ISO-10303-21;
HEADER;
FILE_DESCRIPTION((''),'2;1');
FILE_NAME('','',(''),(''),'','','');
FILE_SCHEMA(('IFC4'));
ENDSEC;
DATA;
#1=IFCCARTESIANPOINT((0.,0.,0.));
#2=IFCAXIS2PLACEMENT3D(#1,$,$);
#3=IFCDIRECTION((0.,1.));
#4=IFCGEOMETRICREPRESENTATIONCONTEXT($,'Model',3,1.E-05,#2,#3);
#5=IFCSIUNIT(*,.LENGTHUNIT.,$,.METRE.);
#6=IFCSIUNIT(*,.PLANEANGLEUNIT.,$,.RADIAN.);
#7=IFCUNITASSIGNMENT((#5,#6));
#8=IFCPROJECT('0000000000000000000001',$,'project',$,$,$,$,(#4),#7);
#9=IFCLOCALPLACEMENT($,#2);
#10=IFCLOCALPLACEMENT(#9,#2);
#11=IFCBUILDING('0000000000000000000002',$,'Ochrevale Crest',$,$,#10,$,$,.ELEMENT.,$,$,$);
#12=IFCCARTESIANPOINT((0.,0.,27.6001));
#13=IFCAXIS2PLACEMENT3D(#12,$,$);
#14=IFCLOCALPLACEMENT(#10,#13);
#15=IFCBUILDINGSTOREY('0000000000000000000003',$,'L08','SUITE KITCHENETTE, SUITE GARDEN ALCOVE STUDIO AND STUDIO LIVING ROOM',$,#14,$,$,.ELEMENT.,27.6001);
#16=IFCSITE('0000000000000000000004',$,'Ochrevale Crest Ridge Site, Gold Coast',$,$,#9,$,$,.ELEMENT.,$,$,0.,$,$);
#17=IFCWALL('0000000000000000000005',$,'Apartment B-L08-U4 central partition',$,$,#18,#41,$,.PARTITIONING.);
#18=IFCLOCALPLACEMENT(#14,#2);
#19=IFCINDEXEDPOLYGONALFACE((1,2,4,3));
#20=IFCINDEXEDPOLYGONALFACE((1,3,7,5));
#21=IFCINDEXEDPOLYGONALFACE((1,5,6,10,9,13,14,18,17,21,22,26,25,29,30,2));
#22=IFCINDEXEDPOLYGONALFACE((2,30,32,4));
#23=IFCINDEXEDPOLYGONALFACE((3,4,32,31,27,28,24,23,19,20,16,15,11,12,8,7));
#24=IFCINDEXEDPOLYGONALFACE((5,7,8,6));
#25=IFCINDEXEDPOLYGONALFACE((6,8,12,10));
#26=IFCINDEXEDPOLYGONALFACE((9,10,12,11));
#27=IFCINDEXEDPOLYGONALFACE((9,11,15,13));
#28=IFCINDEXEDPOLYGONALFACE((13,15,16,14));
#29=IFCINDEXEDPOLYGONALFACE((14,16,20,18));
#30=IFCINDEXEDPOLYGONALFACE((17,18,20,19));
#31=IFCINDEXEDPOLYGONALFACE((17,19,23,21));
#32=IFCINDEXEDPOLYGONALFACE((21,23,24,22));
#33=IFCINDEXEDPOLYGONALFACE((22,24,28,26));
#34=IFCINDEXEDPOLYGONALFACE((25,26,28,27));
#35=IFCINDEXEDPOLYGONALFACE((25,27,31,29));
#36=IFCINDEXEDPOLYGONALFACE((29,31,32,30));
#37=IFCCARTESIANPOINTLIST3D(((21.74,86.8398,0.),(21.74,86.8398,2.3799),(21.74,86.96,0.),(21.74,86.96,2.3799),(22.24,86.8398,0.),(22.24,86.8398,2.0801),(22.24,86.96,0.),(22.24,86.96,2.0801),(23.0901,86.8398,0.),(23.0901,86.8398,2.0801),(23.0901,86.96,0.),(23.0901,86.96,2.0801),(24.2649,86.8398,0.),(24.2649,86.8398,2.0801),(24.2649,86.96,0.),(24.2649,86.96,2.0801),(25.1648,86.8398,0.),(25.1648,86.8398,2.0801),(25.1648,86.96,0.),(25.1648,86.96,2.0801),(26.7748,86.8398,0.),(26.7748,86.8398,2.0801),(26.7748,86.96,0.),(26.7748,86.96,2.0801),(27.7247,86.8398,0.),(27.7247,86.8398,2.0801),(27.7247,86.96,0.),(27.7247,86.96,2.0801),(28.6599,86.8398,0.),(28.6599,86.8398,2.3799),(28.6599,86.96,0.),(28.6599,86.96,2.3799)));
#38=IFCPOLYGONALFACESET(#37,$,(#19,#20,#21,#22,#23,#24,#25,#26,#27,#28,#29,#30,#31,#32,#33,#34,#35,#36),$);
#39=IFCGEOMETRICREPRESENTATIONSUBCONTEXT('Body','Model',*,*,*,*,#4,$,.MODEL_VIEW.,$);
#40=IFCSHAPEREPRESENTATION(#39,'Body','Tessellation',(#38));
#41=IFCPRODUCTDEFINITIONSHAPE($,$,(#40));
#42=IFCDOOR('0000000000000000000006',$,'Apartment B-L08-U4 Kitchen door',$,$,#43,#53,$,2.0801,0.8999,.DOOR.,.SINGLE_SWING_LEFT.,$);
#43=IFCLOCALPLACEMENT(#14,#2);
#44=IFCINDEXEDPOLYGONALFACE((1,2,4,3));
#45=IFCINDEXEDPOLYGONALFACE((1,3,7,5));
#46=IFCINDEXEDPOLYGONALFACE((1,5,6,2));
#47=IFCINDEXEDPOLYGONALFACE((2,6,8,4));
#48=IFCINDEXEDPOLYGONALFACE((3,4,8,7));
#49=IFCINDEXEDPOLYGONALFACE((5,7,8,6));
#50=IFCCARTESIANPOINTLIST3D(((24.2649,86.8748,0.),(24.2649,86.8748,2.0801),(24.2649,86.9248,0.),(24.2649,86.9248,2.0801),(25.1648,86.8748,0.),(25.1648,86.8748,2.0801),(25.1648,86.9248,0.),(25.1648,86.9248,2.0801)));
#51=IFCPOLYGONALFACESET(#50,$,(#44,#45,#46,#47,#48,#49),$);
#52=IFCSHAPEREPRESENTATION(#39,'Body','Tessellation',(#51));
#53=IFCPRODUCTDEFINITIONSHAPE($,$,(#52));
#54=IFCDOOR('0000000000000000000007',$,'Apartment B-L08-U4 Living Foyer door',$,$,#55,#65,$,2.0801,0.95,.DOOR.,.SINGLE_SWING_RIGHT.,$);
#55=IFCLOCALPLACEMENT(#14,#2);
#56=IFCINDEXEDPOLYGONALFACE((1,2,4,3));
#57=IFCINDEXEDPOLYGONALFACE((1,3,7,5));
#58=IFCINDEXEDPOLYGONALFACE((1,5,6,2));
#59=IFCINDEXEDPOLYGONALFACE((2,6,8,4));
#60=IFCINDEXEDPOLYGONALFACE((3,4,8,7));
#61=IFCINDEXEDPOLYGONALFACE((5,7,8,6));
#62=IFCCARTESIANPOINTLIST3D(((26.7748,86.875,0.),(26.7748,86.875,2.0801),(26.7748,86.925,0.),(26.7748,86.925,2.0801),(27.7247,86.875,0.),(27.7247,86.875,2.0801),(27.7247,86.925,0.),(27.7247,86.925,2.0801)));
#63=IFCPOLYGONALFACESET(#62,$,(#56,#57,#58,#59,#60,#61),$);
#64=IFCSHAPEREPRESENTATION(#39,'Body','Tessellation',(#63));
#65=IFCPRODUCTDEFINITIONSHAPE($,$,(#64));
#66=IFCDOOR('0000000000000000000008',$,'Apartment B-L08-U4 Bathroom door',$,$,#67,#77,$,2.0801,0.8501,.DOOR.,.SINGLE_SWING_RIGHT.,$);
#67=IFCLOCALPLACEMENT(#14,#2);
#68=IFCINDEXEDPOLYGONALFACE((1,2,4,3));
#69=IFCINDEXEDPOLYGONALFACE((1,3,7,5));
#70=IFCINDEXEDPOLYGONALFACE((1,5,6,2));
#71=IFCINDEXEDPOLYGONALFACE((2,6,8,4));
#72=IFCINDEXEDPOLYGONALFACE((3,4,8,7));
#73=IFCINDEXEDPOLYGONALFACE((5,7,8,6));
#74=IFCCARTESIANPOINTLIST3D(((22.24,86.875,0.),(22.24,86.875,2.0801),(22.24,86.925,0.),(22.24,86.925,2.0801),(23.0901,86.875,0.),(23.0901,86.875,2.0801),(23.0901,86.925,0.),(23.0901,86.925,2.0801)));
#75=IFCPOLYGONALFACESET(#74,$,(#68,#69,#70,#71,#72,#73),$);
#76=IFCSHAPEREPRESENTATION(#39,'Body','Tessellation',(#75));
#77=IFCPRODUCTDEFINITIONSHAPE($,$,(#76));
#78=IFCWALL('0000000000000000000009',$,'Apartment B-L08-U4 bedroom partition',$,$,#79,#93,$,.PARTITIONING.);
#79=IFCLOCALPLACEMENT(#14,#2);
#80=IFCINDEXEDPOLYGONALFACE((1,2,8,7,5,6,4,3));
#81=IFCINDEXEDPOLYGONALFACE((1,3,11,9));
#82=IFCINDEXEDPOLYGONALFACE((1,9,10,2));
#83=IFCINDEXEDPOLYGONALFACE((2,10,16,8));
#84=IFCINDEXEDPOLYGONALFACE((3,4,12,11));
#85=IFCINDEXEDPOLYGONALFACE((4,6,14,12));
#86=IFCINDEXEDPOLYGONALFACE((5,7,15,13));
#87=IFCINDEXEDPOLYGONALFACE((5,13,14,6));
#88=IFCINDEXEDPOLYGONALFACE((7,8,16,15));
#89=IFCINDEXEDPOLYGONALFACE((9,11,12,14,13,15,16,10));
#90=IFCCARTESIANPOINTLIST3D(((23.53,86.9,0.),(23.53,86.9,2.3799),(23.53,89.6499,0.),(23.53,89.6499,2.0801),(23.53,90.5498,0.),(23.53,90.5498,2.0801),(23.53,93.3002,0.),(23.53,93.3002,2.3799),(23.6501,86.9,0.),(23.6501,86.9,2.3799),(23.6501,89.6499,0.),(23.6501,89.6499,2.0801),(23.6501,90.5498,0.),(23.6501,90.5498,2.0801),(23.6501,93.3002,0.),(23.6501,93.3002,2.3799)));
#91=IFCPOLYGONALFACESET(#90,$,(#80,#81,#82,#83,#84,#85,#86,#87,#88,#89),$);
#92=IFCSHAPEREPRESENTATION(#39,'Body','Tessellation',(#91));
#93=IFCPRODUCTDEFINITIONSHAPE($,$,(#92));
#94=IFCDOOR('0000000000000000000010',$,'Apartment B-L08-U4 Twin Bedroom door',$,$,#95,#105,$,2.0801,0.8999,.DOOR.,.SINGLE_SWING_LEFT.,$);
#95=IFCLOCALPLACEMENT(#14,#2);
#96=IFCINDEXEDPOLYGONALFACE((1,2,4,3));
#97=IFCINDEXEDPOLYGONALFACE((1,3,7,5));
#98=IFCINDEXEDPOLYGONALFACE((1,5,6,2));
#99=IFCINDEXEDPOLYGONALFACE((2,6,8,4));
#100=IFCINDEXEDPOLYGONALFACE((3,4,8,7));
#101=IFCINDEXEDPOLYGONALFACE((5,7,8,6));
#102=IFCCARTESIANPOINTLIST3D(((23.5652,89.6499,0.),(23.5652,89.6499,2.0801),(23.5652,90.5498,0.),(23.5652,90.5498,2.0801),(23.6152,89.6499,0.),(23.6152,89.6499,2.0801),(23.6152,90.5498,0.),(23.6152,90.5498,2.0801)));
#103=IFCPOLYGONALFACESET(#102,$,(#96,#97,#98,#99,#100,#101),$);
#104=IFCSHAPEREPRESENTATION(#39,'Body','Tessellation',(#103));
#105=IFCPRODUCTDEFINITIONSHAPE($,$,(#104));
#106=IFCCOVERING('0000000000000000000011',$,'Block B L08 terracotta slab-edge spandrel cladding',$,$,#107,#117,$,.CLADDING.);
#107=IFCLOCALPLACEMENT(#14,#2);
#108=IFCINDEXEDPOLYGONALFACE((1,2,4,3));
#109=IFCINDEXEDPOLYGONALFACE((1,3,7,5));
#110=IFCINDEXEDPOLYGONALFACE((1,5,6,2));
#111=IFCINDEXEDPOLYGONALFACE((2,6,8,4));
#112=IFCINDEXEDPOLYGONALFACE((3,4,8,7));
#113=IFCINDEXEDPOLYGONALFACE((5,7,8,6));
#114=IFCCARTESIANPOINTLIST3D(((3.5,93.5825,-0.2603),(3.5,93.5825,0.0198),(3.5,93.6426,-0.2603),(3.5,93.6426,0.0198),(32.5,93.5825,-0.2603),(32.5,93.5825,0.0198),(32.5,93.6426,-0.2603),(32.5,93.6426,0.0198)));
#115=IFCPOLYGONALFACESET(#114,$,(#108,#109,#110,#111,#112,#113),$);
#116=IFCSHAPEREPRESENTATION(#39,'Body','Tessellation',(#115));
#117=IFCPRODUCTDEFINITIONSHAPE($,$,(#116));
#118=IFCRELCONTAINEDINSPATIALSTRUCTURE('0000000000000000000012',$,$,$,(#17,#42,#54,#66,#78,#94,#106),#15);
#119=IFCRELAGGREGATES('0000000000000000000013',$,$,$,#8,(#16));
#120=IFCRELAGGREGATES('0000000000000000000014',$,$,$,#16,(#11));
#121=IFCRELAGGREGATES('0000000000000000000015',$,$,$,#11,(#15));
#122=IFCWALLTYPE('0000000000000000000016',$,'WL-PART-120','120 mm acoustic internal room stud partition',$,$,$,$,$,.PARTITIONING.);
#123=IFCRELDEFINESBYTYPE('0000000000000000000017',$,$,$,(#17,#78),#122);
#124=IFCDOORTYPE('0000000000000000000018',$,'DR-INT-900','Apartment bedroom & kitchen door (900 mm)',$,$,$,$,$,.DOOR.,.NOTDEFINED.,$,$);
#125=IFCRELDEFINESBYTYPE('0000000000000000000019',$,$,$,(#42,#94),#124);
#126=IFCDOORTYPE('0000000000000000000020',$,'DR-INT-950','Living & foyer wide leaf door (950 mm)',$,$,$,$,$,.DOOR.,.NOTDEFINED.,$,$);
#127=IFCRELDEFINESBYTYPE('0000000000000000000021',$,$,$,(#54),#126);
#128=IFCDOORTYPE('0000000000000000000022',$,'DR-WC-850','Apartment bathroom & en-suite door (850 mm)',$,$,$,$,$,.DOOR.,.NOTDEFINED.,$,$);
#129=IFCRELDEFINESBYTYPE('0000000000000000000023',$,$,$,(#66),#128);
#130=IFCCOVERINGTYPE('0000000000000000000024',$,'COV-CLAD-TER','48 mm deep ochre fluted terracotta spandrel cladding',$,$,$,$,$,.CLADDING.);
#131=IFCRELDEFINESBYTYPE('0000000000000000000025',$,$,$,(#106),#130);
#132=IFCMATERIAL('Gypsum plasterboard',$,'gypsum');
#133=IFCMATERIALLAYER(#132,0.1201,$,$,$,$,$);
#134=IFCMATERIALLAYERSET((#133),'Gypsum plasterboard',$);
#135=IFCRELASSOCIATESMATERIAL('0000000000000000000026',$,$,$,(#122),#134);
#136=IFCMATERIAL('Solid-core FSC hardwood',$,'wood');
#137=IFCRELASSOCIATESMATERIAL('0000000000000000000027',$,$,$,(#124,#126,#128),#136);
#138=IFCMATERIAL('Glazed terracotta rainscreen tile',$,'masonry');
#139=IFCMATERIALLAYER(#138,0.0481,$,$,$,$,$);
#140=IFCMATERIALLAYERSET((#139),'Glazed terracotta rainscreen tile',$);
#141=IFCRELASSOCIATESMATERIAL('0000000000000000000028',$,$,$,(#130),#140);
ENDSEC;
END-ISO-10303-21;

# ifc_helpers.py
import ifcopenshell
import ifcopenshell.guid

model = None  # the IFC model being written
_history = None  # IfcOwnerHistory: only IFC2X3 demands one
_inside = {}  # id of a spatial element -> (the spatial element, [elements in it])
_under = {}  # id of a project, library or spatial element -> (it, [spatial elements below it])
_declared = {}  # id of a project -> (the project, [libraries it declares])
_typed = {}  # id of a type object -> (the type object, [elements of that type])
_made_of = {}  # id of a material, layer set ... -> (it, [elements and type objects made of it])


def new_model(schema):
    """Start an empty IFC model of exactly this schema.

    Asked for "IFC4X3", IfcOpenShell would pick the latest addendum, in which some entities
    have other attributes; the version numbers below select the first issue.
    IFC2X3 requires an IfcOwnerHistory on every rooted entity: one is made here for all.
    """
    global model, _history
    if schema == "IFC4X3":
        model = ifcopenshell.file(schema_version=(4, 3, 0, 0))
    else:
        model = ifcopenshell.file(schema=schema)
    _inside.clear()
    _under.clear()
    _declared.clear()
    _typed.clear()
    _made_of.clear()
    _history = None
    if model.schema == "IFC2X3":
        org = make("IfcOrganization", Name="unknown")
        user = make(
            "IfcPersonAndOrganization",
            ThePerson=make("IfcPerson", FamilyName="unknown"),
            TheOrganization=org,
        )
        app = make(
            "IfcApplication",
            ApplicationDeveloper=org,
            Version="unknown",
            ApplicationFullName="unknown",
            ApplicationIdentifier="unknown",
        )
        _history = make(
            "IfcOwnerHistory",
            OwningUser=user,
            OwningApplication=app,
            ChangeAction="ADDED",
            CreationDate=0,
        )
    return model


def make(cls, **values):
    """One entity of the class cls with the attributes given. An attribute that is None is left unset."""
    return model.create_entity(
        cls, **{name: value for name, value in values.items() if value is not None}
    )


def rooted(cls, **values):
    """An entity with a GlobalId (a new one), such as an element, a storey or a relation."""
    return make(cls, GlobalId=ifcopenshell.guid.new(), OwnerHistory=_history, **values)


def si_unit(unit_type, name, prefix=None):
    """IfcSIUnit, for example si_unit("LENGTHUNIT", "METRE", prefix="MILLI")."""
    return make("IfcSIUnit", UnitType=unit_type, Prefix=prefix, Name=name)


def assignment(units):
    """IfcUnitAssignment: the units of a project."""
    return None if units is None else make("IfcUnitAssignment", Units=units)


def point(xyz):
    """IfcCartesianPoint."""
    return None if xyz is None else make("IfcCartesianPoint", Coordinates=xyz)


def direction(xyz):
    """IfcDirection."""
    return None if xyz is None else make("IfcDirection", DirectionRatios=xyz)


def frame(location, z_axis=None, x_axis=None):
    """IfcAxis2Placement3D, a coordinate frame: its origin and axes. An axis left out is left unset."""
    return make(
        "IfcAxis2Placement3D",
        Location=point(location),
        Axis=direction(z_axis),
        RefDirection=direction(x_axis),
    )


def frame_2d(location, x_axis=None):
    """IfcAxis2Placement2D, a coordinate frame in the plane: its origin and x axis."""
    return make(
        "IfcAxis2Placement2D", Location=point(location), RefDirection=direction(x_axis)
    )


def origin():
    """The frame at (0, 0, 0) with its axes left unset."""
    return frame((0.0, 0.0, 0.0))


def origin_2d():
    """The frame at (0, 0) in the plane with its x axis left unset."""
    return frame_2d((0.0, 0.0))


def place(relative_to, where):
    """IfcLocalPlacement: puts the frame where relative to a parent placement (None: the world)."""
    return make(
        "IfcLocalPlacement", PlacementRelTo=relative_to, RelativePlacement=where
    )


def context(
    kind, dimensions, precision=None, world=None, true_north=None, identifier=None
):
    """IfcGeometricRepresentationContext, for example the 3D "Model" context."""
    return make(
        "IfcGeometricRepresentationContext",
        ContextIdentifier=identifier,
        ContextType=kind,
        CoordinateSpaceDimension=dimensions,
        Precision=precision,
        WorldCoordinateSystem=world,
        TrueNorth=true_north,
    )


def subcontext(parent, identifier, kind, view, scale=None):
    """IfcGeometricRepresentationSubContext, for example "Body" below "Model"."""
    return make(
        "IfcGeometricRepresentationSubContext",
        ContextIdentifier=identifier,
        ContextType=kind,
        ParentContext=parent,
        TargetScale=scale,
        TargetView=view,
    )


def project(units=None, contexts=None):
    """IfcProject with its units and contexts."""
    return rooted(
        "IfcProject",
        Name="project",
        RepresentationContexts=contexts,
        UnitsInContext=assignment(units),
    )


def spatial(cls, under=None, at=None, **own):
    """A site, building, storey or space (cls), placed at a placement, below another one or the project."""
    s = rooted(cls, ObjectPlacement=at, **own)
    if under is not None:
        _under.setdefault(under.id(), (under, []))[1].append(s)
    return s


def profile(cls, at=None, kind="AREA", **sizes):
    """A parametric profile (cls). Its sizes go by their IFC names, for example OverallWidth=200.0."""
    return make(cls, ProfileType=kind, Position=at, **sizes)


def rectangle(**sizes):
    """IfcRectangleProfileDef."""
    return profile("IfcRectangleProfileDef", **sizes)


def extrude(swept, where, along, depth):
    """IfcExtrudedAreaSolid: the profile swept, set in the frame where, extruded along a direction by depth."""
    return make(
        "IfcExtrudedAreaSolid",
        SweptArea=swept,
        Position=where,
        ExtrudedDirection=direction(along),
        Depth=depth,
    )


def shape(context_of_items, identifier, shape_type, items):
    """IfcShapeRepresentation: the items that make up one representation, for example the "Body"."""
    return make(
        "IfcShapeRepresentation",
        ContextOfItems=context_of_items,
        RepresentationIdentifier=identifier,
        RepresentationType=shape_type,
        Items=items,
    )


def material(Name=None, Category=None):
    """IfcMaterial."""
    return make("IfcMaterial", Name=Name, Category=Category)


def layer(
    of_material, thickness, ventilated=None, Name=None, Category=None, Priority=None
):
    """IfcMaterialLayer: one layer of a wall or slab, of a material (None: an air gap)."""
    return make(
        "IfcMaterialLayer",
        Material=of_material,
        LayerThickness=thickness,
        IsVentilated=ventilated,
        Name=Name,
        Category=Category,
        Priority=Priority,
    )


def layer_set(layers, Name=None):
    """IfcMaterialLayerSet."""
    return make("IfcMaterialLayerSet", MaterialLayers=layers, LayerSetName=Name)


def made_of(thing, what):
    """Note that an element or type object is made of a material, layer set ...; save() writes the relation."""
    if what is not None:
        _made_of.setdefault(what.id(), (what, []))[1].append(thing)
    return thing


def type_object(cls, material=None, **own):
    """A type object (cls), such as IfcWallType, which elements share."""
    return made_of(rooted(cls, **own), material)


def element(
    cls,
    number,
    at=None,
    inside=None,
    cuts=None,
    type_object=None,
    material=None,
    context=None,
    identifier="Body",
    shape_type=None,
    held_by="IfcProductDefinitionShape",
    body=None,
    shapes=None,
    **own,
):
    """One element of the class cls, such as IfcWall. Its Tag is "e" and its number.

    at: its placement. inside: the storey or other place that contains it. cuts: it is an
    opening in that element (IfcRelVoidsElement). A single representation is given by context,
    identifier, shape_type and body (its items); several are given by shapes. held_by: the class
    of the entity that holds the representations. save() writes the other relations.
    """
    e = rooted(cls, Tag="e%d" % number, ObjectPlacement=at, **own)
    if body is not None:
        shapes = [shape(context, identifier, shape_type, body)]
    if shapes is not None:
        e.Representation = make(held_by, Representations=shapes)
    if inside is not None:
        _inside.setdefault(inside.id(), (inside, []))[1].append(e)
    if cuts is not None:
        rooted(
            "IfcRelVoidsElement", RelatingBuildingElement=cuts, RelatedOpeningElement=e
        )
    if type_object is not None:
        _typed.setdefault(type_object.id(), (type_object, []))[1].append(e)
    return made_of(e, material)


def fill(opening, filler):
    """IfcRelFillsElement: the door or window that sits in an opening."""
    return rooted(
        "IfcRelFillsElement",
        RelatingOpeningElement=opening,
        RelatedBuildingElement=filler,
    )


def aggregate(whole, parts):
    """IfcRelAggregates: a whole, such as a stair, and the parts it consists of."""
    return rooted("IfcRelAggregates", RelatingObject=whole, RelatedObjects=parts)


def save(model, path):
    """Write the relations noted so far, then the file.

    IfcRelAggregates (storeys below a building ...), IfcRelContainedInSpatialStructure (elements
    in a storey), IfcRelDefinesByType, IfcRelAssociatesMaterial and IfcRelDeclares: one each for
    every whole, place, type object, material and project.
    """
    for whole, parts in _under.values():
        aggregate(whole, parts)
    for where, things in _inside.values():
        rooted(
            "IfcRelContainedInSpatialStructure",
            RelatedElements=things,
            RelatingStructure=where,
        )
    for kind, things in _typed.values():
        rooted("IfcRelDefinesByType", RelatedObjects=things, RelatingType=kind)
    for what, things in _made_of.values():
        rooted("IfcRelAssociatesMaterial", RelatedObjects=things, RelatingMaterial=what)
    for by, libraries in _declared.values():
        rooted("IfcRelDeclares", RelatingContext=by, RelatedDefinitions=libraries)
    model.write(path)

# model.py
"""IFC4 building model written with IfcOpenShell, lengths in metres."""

from ifc_helpers import new_model, si_unit, direction, frame, frame_2d, origin, origin_2d, place, context, subcontext, project, spatial, rectangle, extrude, material, layer, layer_set, type_object, element, fill, save


model = new_model("IFC4")

# Units and contexts
model_context = context("Model", 3, precision=1e-05, world=origin(), true_north=direction((0.0, 1.0)))
body_context = subcontext(model_context, "Body", "Model", "MODEL_VIEW")
ifc_project = project(units=[si_unit("LENGTHUNIT", "METRE"), si_unit("PLANEANGLEUNIT", "RADIAN")], contexts=[model_context])

# Site, building, storey
site_placement = place(None, origin())
site = spatial("IfcSite", under=ifc_project, at=site_placement, Name="Ochrevale Crest Ridge Site, Gold Coast", CompositionType="ELEMENT", RefElevation=0.0)
building_placement = place(site_placement, origin())
building = spatial("IfcBuilding", under=site, at=building_placement, Name="Ochrevale Crest", CompositionType="ELEMENT")
storey_placement = place(building_placement, frame((0.0, 0.0, 27.6001)))
storey = spatial("IfcBuildingStorey", under=building, at=storey_placement, Name="L08", Description="SUITE KITCHENETTE, SUITE GARDEN ALCOVE STUDIO AND STUDIO LIVING ROOM", CompositionType="ELEMENT", Elevation=27.6001)

# Shared definitions
ifc_material_1 = material(Name="Gypsum plasterboard", Category="gypsum")
ifc_layer_1 = layer(ifc_material_1, 0.1201)
ifc_layer_set_1 = layer_set([ifc_layer_1], Name="Gypsum plasterboard")
wall_type_1 = type_object("IfcWallType", Name="WL-PART-120", Description="120 mm acoustic internal room stud partition", PredefinedType="PARTITIONING", material=ifc_layer_set_1)
ifc_material_2 = material(Name="Solid-core FSC hardwood", Category="wood")
door_type_1 = type_object("IfcDoorType", Name="DR-INT-900", Description="Apartment bedroom & kitchen door (900 mm)", OperationType="NOTDEFINED", PredefinedType="DOOR", material=ifc_material_2)

# Wall, openings, doors
wall_1_placement = place(storey_placement, frame((21.74, 86.8999, 0.0), z_axis=(0.0, 0.0, 1.0), x_axis=(1.0, 0.0, 0.0)))
wall_1 = element("IfcWall", 1, at=wall_1_placement, inside=storey, type_object=wall_type_1, Name="Apartment B-L08-U4 central partition", PredefinedType="PARTITIONING", context=body_context, shape_type="SweptSolid", body=[
    extrude(rectangle(XDim=6.9199, YDim=0.1201, at=frame_2d((3.46, 0.0))), origin(), (0.0, 0.0, 1.0), 2.3799),
])
opening_1_placement = place(wall_1_placement, frame((1.3501, 0.0, 0.0), z_axis=(0.0, 0.0, 1.0), x_axis=(-1.0, 0.0, 0.0)))
opening_1 = element("IfcOpeningElement", 2, at=opening_1_placement, cuts=wall_1, PredefinedType="OPENING", context=body_context, shape_type="SweptSolid", body=[
    extrude(rectangle(XDim=0.8501, YDim=2.0801, at=frame_2d((0.425, 1.04))), frame((0.0, 0.0701, 0.0), z_axis=(0.0, -1.0, 0.0), x_axis=(1.0, 0.0, 0.0)), (0.0, 0.0, 1.0), 0.1401),
])
opening_2_placement = place(wall_1_placement, frame((2.5249, 0.0, 0.0)))
opening_2 = element("IfcOpeningElement", 3, at=opening_2_placement, cuts=wall_1, PredefinedType="OPENING", context=body_context, shape_type="SweptSolid", body=[
    extrude(rectangle(XDim=0.8999, YDim=2.0801, at=frame_2d((0.45, 1.04))), frame((0.0, 0.0701, 0.0), z_axis=(0.0, -1.0, 0.0), x_axis=(1.0, 0.0, 0.0)), (0.0, 0.0, 1.0), 0.1401),
])
opening_3_placement = place(wall_1_placement, frame((5.9849, 0.0, 0.0), z_axis=(0.0, 0.0, 1.0), x_axis=(-1.0, 0.0, 0.0)))
opening_3 = element("IfcOpeningElement", 4, at=opening_3_placement, cuts=wall_1, PredefinedType="OPENING", context=body_context, shape_type="SweptSolid", body=[
    extrude(rectangle(XDim=0.95, YDim=2.0801, at=frame_2d((0.4751, 1.04))), frame((0.0, 0.0701, 0.0), z_axis=(0.0, -1.0, 0.0), x_axis=(1.0, 0.0, 0.0)), (0.0, 0.0, 1.0), 0.1401),
])
door_1_placement = place(opening_2_placement, origin())
door_1 = element("IfcDoor", 5, at=door_1_placement, inside=storey, type_object=door_type_1, Name="Apartment B-L08-U4 Kitchen door", OperationType="SINGLE_SWING_LEFT", OverallHeight=2.0801, OverallWidth=0.8999, PredefinedType="DOOR", context=body_context, shape_type="SweptSolid", body=[
    extrude(rectangle(XDim=0.8999, YDim=2.0801, at=frame_2d((0.45, 1.04))), frame((0.0, 0.0249, 0.0), z_axis=(0.0, -1.0, 0.0), x_axis=(1.0, 0.0, 0.0)), (0.0, 0.0, 1.0), 0.05),
])
fill(opening_2, door_1)
door_type_2 = type_object("IfcDoorType", Name="DR-INT-950", Description="Living & foyer wide leaf door (950 mm)", OperationType="NOTDEFINED", PredefinedType="DOOR", material=ifc_material_2)
door_2_placement = place(opening_3_placement, origin())
door_2 = element("IfcDoor", 6, at=door_2_placement, inside=storey, type_object=door_type_2, Name="Apartment B-L08-U4 Living Foyer door", OperationType="SINGLE_SWING_RIGHT", OverallHeight=2.0801, OverallWidth=0.95, PredefinedType="DOOR", context=body_context, shape_type="SweptSolid", body=[
    extrude(rectangle(XDim=0.95, YDim=2.0801, at=frame_2d((0.4751, 1.04))), frame((0.0, 0.0249, 0.0), z_axis=(0.0, -1.0, 0.0), x_axis=(1.0, 0.0, 0.0)), (0.0, 0.0, 1.0), 0.05),
])
fill(opening_3, door_2)
door_type_3 = type_object("IfcDoorType", Name="DR-WC-850", Description="Apartment bathroom & en-suite door (850 mm)", OperationType="NOTDEFINED", PredefinedType="DOOR", material=ifc_material_2)
door_3_placement = place(opening_1_placement, origin())
door_3 = element("IfcDoor", 7, at=door_3_placement, inside=storey, type_object=door_type_3, Name="Apartment B-L08-U4 Bathroom door", OperationType="SINGLE_SWING_RIGHT", OverallHeight=2.0801, OverallWidth=0.8501, PredefinedType="DOOR", context=body_context, shape_type="SweptSolid", body=[
    extrude(rectangle(XDim=0.8501, YDim=2.0801, at=frame_2d((0.425, 1.04))), frame((0.0, 0.0249, 0.0), z_axis=(0.0, -1.0, 0.0), x_axis=(1.0, 0.0, 0.0)), (0.0, 0.0, 1.0), 0.05),
])
fill(opening_1, door_3)

# Wall, opening, door
wall_2_placement = place(storey_placement, frame((23.5901, 86.8999, 0.0), z_axis=(0.0, 0.0, 1.0), x_axis=(0.0, 1.0, 0.0)))
wall_2 = element("IfcWall", 8, at=wall_2_placement, inside=storey, type_object=wall_type_1, Name="Apartment B-L08-U4 bedroom partition", PredefinedType="PARTITIONING", context=body_context, shape_type="SweptSolid", body=[
    extrude(rectangle(XDim=6.4001, YDim=0.1201, at=frame_2d((3.2002, 0.0))), origin(), (0.0, 0.0, 1.0), 2.3799),
])
opening_4_placement = place(wall_2_placement, frame((2.75, 0.0, 0.0)))
opening_4 = element("IfcOpeningElement", 9, at=opening_4_placement, cuts=wall_2, PredefinedType="OPENING", context=body_context, shape_type="SweptSolid", body=[
    extrude(rectangle(XDim=0.8999, YDim=2.0801, at=frame_2d((0.45, 1.04))), frame((0.0, 0.0701, 0.0), z_axis=(0.0, -1.0, 0.0), x_axis=(1.0, 0.0, 0.0)), (0.0, 0.0, 1.0), 0.1401),
])
door_4_placement = place(opening_4_placement, origin())
door_4 = element("IfcDoor", 10, at=door_4_placement, inside=storey, type_object=door_type_1, Name="Apartment B-L08-U4 Twin Bedroom door", OperationType="SINGLE_SWING_LEFT", OverallHeight=2.0801, OverallWidth=0.8999, PredefinedType="DOOR", context=body_context, shape_type="SweptSolid", body=[
    extrude(rectangle(XDim=0.8999, YDim=2.0801, at=frame_2d((0.45, 1.04))), frame((0.0, 0.0249, 0.0), z_axis=(0.0, -1.0, 0.0), x_axis=(1.0, 0.0, 0.0)), (0.0, 0.0, 1.0), 0.05),
])
fill(opening_4, door_4)

# Covering
ifc_material_3 = material(Name="Glazed terracotta rainscreen tile", Category="masonry")
ifc_layer_2 = layer(ifc_material_3, 0.0481)
ifc_layer_set_2 = layer_set([ifc_layer_2], Name="Glazed terracotta rainscreen tile")
covering_type = type_object("IfcCoveringType", Name="COV-CLAD-TER", Description="48 mm deep ochre fluted terracotta spandrel cladding", PredefinedType="CLADDING", material=ifc_layer_set_2)
covering_placement = place(storey_placement, frame((18.0, 93.6125, -0.2603), z_axis=(0.0, 0.0, 1.0), x_axis=(-1.0, 0.0, 0.0)))
element("IfcCovering", 11, at=covering_placement, inside=storey, type_object=covering_type, Name="Block B L08 terracotta slab-edge spandrel cladding", PredefinedType="CLADDING", context=body_context, shape_type="SweptSolid", body=[
    extrude(rectangle(XDim=29.0, YDim=0.0601, at=origin_2d()), origin(), (0.0, 0.0, 1.0), 0.28),
])

save(model, "model.ifc")
